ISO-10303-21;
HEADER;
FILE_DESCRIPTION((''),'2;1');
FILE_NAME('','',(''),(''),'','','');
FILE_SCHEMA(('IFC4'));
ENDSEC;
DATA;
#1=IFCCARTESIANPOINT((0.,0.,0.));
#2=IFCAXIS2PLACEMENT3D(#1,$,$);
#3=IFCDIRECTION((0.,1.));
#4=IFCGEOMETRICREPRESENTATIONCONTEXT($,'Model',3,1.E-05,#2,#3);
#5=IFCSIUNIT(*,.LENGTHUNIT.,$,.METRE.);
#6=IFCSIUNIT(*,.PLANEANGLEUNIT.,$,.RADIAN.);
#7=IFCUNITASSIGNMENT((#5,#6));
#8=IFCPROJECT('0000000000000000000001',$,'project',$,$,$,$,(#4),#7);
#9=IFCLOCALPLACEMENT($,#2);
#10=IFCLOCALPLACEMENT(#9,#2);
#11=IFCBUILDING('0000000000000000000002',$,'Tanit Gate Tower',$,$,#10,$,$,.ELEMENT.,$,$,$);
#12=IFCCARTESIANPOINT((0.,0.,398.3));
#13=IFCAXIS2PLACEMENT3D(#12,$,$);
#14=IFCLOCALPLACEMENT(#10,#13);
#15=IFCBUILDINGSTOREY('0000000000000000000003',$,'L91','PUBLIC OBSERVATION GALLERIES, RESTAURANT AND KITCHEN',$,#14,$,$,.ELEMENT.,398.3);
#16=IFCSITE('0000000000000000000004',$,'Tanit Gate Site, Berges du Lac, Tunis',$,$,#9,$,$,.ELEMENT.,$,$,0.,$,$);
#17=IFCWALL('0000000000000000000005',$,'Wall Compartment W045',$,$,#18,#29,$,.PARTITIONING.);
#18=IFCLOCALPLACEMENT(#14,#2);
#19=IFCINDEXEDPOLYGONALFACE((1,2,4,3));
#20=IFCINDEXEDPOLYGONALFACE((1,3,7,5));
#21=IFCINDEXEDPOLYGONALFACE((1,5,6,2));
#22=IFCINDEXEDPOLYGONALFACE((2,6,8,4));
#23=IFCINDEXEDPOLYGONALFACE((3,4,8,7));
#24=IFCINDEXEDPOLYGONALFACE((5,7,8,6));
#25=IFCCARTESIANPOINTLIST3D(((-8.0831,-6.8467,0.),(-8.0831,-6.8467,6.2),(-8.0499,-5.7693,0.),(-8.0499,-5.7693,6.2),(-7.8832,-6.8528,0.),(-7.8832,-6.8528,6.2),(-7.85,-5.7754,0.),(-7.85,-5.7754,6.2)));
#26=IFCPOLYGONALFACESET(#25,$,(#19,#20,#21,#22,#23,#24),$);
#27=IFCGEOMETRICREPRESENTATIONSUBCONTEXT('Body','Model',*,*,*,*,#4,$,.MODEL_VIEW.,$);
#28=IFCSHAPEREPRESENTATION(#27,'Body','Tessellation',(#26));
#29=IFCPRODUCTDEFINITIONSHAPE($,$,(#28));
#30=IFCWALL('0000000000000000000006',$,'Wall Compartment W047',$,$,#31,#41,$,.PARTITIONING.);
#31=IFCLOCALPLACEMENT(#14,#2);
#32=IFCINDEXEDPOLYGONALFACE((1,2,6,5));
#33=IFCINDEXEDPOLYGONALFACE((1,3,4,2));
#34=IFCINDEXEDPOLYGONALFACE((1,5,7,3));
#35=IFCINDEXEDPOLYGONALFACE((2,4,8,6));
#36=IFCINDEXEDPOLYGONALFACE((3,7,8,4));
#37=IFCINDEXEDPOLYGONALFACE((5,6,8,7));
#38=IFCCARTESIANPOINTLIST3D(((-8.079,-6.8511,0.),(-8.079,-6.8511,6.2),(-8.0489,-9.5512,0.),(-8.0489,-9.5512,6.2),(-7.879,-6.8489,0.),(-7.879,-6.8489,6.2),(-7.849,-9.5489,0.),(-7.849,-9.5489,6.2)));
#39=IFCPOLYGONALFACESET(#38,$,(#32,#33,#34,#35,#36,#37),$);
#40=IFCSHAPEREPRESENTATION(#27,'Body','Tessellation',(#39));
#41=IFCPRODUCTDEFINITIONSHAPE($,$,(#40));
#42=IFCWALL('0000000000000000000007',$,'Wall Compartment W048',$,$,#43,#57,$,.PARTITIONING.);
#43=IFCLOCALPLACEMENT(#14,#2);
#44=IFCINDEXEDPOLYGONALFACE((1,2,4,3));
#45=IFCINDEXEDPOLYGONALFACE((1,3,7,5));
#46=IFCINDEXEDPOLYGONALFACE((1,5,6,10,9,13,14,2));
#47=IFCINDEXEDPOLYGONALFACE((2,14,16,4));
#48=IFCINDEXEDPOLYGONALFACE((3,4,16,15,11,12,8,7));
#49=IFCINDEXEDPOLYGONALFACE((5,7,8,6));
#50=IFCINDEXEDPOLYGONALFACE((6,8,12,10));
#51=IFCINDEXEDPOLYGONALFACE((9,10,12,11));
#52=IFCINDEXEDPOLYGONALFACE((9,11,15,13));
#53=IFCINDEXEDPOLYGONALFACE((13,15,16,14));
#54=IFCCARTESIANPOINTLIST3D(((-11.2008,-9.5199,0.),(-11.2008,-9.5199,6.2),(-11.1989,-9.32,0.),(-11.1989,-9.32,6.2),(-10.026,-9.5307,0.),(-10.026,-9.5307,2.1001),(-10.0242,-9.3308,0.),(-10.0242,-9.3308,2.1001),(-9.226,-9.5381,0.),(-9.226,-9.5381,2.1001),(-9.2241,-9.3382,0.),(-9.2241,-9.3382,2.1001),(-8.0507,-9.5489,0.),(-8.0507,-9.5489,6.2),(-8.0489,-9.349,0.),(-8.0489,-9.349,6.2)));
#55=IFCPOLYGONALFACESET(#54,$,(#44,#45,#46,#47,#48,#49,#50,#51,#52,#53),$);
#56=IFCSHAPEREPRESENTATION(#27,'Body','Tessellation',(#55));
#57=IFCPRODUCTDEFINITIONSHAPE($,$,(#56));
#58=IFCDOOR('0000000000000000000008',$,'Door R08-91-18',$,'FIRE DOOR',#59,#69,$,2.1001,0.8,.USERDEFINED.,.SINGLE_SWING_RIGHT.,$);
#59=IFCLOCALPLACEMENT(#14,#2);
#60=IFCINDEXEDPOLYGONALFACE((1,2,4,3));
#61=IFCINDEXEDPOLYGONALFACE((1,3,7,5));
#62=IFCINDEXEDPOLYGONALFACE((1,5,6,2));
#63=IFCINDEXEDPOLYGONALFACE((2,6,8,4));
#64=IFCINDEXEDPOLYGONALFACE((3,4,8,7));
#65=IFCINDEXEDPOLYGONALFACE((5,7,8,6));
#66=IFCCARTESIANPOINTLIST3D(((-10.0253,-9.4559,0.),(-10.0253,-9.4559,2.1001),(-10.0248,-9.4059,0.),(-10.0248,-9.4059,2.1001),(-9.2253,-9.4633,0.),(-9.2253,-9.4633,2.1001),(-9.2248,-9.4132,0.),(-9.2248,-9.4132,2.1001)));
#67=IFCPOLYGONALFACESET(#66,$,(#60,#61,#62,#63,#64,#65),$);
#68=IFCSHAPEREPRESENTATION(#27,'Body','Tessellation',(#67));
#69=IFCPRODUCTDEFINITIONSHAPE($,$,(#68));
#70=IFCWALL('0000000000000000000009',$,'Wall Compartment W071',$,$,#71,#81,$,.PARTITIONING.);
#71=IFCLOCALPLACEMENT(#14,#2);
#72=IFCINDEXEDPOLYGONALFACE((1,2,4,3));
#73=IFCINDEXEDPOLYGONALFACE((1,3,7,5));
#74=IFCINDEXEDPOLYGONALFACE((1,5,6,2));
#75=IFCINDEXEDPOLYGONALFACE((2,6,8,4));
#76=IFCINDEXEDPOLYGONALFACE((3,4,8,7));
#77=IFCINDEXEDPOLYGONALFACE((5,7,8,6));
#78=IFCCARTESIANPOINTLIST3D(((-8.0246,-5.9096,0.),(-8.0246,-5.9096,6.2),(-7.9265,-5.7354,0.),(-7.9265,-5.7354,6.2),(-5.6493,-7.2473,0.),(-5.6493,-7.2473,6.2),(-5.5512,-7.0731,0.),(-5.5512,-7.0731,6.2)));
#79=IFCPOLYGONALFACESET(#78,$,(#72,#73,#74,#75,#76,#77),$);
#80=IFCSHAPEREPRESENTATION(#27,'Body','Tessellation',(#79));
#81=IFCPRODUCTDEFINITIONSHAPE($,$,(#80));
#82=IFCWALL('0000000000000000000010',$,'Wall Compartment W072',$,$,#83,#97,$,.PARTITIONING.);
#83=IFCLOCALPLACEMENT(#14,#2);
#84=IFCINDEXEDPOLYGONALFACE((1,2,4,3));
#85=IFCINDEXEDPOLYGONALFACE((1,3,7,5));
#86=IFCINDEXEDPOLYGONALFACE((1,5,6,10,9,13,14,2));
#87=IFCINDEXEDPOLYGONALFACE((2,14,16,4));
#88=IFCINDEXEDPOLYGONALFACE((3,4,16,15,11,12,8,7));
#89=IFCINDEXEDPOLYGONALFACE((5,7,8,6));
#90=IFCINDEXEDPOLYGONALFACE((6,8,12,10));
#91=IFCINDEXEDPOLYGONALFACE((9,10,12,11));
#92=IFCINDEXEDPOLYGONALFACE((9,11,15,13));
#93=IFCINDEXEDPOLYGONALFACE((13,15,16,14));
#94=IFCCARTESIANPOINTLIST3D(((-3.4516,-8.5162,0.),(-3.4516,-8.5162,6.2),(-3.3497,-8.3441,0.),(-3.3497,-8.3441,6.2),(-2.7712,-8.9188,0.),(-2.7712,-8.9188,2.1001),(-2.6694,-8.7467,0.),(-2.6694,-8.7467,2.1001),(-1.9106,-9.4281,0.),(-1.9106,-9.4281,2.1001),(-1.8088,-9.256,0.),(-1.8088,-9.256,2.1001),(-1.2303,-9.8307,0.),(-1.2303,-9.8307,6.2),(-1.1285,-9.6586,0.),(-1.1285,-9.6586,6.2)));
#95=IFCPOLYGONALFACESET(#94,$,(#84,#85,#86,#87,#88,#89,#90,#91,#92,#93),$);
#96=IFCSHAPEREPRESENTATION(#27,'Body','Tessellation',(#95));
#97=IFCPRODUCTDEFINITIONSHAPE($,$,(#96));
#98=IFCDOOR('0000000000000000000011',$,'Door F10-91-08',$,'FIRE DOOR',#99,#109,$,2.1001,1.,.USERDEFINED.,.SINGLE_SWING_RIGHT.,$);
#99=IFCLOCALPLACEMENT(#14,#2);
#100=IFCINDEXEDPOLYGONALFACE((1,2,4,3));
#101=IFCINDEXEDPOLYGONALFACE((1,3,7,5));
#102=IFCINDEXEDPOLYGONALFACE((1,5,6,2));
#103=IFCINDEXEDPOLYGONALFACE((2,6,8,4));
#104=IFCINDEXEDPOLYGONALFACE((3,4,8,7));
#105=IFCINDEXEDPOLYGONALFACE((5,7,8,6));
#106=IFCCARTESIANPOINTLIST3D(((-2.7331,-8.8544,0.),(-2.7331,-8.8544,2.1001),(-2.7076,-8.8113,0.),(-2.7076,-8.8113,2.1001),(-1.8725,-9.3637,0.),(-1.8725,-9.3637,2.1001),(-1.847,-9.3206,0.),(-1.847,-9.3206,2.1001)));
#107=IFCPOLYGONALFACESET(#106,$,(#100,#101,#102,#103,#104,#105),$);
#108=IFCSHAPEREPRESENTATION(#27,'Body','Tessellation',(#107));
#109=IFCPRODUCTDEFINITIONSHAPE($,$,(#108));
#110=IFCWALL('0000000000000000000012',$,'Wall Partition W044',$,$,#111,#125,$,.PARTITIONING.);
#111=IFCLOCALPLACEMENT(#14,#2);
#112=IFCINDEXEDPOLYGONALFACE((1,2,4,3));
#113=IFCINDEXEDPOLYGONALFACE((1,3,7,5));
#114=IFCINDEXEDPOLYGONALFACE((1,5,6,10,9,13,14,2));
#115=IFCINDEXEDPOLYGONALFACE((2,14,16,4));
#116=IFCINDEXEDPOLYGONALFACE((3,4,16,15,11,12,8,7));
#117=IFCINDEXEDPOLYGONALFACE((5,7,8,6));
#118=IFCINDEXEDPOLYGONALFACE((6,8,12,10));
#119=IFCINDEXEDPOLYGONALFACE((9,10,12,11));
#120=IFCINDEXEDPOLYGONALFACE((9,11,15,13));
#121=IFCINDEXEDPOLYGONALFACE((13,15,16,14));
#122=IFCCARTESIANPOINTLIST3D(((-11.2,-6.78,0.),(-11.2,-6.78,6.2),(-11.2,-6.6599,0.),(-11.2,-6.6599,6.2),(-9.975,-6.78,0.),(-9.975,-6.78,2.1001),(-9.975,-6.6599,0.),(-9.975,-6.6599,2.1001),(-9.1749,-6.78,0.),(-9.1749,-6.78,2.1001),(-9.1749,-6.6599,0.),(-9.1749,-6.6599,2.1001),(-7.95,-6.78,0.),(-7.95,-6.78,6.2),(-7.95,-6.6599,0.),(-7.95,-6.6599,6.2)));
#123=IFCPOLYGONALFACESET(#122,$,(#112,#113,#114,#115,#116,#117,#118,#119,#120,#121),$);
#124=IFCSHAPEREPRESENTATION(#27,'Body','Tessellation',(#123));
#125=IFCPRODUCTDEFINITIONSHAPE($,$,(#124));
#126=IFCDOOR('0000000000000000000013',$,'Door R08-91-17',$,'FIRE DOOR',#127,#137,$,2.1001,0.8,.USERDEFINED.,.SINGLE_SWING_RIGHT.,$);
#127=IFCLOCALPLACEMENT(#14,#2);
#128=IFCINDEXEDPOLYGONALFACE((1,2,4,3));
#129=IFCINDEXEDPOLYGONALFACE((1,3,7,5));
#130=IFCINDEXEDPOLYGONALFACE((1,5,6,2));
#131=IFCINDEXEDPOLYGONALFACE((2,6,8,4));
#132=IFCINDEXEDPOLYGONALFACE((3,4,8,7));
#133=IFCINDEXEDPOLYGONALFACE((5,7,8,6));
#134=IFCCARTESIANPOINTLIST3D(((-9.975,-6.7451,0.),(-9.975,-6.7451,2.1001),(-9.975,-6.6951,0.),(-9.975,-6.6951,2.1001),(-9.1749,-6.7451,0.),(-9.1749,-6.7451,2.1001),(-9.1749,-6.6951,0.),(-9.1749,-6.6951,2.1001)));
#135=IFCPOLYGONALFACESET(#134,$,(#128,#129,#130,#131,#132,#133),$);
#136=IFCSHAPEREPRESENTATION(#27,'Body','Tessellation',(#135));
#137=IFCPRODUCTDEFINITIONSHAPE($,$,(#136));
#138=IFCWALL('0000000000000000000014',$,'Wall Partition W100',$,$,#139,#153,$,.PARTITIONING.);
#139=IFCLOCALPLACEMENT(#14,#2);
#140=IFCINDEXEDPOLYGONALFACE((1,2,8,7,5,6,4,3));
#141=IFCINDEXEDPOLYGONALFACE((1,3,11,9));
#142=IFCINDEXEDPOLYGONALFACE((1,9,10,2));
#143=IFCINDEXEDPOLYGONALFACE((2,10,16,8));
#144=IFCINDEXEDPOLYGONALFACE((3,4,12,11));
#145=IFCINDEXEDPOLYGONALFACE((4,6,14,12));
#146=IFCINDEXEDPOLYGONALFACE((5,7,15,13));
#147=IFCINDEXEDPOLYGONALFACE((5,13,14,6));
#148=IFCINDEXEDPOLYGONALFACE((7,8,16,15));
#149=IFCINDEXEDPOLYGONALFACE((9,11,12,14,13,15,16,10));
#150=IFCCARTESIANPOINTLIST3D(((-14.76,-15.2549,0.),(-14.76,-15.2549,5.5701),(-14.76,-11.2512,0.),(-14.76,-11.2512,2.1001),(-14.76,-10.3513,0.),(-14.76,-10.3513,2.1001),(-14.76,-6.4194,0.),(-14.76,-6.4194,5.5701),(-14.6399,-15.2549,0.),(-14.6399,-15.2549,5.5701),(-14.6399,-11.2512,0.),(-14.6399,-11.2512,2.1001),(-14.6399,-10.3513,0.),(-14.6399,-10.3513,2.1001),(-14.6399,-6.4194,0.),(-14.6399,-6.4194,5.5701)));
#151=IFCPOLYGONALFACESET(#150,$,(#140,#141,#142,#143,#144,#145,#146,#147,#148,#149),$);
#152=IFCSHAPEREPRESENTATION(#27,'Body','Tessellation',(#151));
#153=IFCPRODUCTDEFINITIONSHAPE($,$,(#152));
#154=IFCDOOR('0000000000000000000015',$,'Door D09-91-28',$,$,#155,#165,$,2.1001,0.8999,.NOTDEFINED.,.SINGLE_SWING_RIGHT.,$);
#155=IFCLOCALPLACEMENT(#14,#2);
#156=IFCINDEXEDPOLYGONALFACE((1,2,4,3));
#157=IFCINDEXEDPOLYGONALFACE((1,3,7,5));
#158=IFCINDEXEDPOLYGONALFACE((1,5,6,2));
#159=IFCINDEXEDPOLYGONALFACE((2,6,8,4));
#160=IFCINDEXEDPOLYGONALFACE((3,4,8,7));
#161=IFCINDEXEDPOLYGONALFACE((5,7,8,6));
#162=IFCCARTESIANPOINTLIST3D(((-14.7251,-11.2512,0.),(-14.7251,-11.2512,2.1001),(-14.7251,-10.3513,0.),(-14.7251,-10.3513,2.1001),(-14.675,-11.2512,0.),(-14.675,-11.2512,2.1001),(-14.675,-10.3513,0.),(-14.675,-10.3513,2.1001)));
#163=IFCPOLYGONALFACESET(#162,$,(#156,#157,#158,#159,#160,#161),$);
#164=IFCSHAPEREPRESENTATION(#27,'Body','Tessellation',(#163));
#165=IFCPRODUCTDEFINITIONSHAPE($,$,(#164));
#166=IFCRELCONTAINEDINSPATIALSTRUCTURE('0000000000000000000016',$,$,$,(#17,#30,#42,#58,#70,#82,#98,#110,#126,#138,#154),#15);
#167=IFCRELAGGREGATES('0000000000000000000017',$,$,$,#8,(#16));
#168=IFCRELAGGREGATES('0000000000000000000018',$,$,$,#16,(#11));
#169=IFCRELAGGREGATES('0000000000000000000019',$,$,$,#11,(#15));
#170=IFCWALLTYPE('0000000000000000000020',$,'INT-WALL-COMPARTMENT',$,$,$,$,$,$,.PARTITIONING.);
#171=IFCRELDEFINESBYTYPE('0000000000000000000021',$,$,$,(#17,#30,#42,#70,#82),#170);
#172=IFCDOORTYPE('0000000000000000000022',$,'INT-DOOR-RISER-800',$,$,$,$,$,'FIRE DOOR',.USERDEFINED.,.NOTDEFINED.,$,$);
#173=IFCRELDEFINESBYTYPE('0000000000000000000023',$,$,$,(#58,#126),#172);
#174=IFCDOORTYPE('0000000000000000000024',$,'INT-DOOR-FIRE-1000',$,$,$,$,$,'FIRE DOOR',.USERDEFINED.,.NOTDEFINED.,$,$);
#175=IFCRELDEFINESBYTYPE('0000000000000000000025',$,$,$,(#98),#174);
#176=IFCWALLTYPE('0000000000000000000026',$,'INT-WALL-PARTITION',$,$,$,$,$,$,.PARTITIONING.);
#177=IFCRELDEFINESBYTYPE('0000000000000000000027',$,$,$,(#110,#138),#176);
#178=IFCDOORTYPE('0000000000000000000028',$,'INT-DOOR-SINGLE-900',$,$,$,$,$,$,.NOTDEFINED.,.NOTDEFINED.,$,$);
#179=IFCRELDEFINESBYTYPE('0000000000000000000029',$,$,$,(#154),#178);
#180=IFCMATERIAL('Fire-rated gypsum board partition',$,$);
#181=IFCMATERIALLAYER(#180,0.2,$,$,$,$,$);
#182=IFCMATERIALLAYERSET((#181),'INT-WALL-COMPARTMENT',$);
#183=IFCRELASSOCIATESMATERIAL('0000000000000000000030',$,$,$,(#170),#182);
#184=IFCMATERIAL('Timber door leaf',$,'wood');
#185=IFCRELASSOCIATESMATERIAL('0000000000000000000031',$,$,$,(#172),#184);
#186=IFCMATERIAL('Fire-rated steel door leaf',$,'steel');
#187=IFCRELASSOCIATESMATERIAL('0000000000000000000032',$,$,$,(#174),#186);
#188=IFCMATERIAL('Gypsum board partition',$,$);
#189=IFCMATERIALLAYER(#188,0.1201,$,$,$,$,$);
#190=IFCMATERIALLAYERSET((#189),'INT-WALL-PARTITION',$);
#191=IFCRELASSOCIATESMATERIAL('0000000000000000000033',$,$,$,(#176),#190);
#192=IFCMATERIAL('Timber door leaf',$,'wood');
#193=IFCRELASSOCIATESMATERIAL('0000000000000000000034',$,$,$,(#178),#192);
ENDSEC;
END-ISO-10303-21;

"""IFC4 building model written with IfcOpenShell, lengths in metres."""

from ifc_helpers import new_model, si_unit, direction, frame, frame_2d, origin, place, context, subcontext, project, spatial, rectangle, extrude, material, layer, layer_set, type_object, element, fill, save


model = new_model("IFC4")

# Units and contexts
model_context = context("Model", 3, precision=1e-05, world=origin(), true_north=direction((0.0, 1.0)))
body_context = subcontext(model_context, "Body", "Model", "MODEL_VIEW")
ifc_project = project(units=[si_unit("LENGTHUNIT", "METRE"), si_unit("PLANEANGLEUNIT", "RADIAN")], contexts=[model_context])

# Site, building, storey
site_placement = place(None, origin())
site = spatial("IfcSite", under=ifc_project, at=site_placement, Name="Tanit Gate Site, Berges du Lac, Tunis", CompositionType="ELEMENT", RefElevation=0.0)
building_placement = place(site_placement, origin())
building = spatial("IfcBuilding", under=site, at=building_placement, Name="Tanit Gate Tower", CompositionType="ELEMENT")
storey_placement = place(building_placement, frame((0.0, 0.0, 398.3)))
storey = spatial("IfcBuildingStorey", under=building, at=storey_placement, Name="L91", Description="PUBLIC OBSERVATION GALLERIES, RESTAURANT AND KITCHEN", CompositionType="ELEMENT", Elevation=398.3)

# Walls
ifc_material_1 = material(Name="Fire-rated gypsum board partition")
ifc_layer_1 = layer(ifc_material_1, 0.2)
ifc_layer_set_1 = layer_set([ifc_layer_1], Name="INT-WALL-COMPARTMENT")
wall_type_1 = type_object("IfcWallType", Name="INT-WALL-COMPARTMENT", PredefinedType="PARTITIONING", material=ifc_layer_set_1)
wall_1_placement = place(storey_placement, frame((-7.9832, -6.8499, 0.0), z_axis=(0.0, 0.0, 1.0), x_axis=(0.030803, 0.999525, 0.0)))
element("IfcWall", 1, at=wall_1_placement, inside=storey, type_object=wall_type_1, Name="Wall Compartment W045", PredefinedType="PARTITIONING", context=body_context, shape_type="SweptSolid", body=[
    extrude(rectangle(XDim=1.0779, YDim=0.2, at=frame_2d((0.5391, 0.0))), origin(), (0.0, 0.0, 1.0), 6.2),
])
wall_2_placement = place(storey_placement, frame((-7.949, -9.55, 0.0), z_axis=(0.0, 0.0, 1.0), x_axis=(-0.011121, 0.999938, 0.0)))
element("IfcWall", 2, at=wall_2_placement, inside=storey, type_object=wall_type_1, Name="Wall Compartment W047", PredefinedType="PARTITIONING", context=body_context, shape_type="SweptSolid", body=[
    extrude(rectangle(XDim=2.7002, YDim=0.2, at=frame_2d((1.3501, 0.0))), origin(), (0.0, 0.0, 1.0), 6.2),
])

# Wall, opening, door
wall_3_placement = place(storey_placement, frame((-11.2, -9.4199, 0.0), z_axis=(0.0, 0.0, 1.0), x_axis=(0.999957, -0.009223, 0.0)))
wall_3 = element("IfcWall", 3, at=wall_3_placement, inside=storey, type_object=wall_type_1, Name="Wall Compartment W048", PredefinedType="PARTITIONING", context=body_context, shape_type="SweptSolid", body=[
    extrude(rectangle(XDim=3.1501, YDim=0.2, at=frame_2d((1.5752, 0.0))), origin(), (0.0, 0.0, 1.0), 6.2),
])
opening_1_placement = place(wall_3_placement, frame((1.175, 0.0, 0.0)))
opening_1 = element("IfcOpeningElement", 4, at=opening_1_placement, cuts=wall_3, PredefinedType="OPENING", context=body_context, shape_type="SweptSolid", body=[
    extrude(rectangle(XDim=0.8, YDim=2.1001, at=frame_2d((0.3999, 1.05))), frame((0.0, 0.1099, 0.0), z_axis=(0.0, -1.0, 0.0), x_axis=(1.0, 0.0, 0.0)), (0.0, 0.0, 1.0), 0.22),
])
ifc_material_2 = material(Name="Timber door leaf", Category="wood")
door_type_1 = type_object("IfcDoorType", Name="INT-DOOR-RISER-800", ElementType="FIRE DOOR", OperationType="NOTDEFINED", PredefinedType="USERDEFINED", material=ifc_material_2)
door_1_placement = place(opening_1_placement, origin())
door_1 = element("IfcDoor", 5, at=door_1_placement, inside=storey, type_object=door_type_1, Name="Door R08-91-18", ObjectType="FIRE DOOR", OperationType="SINGLE_SWING_RIGHT", OverallHeight=2.1001, OverallWidth=0.8, PredefinedType="USERDEFINED", context=body_context, shape_type="SweptSolid", body=[
    extrude(rectangle(XDim=0.8, YDim=2.1001, at=frame_2d((0.3999, 1.05))), frame((0.0, 0.0249, 0.0), z_axis=(0.0, -1.0, 0.0), x_axis=(1.0, 0.0, 0.0)), (0.0, 0.0, 1.0), 0.05),
])
fill(opening_1, door_1)

# Wall
wall_4_placement = place(storey_placement, frame((-7.9756, -5.8225, 0.0), z_axis=(0.0, 0.0, 1.0), x_axis=(0.871329, -0.490699, 0.0)))
element("IfcWall", 6, at=wall_4_placement, inside=storey, type_object=wall_type_1, Name="Wall Compartment W071", PredefinedType="PARTITIONING", context=body_context, shape_type="SweptSolid", body=[
    extrude(rectangle(XDim=2.7261, YDim=0.2, at=frame_2d((1.363, 0.0))), origin(), (0.0, 0.0, 1.0), 6.2),
])

# Walls, openings, doors
wall_5_placement = place(storey_placement, frame((-3.4006, -8.4302, 0.0), z_axis=(0.0, 0.0, 1.0), x_axis=(0.860599, -0.509284, 0.0)))
wall_5 = element("IfcWall", 7, at=wall_5_placement, inside=storey, type_object=wall_type_1, Name="Wall Compartment W072", PredefinedType="PARTITIONING", context=body_context, shape_type="SweptSolid", body=[
    extrude(rectangle(XDim=2.5811, YDim=0.2, at=frame_2d((1.2905, 0.0))), origin(), (0.0, 0.0, 1.0), 6.2),
])
opening_2_placement = place(wall_5_placement, frame((0.7905, 0.0, 0.0)))
opening_2 = element("IfcOpeningElement", 8, at=opening_2_placement, cuts=wall_5, PredefinedType="OPENING", context=body_context, shape_type="SweptSolid", body=[
    extrude(rectangle(XDim=1.0, YDim=2.1001, at=frame_2d((0.5, 1.05))), frame((0.0, 0.1099, 0.0), z_axis=(0.0, -1.0, 0.0), x_axis=(1.0, 0.0, 0.0)), (0.0, 0.0, 1.0), 0.22),
])
ifc_material_3 = material(Name="Fire-rated steel door leaf", Category="steel")
door_type_2 = type_object("IfcDoorType", Name="INT-DOOR-FIRE-1000", ElementType="FIRE DOOR", OperationType="NOTDEFINED", PredefinedType="USERDEFINED", material=ifc_material_3)
door_2_placement = place(opening_2_placement, origin())
door_2 = element("IfcDoor", 9, at=door_2_placement, inside=storey, type_object=door_type_2, Name="Door F10-91-08", ObjectType="FIRE DOOR", OperationType="SINGLE_SWING_RIGHT", OverallHeight=2.1001, OverallWidth=1.0, PredefinedType="USERDEFINED", context=body_context, shape_type="SweptSolid", body=[
    extrude(rectangle(XDim=1.0, YDim=2.1001, at=frame_2d((0.5, 1.05))), frame((0.0, 0.0249, 0.0), z_axis=(0.0, -1.0, 0.0), x_axis=(1.0, 0.0, 0.0)), (0.0, 0.0, 1.0), 0.05),
])
fill(opening_2, door_2)
ifc_material_4 = material(Name="Gypsum board partition")
ifc_layer_2 = layer(ifc_material_4, 0.1201)
ifc_layer_set_2 = layer_set([ifc_layer_2], Name="INT-WALL-PARTITION")
wall_type_2 = type_object("IfcWallType", Name="INT-WALL-PARTITION", PredefinedType="PARTITIONING", material=ifc_layer_set_2)
wall_6_placement = place(storey_placement, frame((-11.2, -6.72, 0.0), z_axis=(0.0, 0.0, 1.0), x_axis=(1.0, 0.0, 0.0)))
wall_6 = element("IfcWall", 10, at=wall_6_placement, inside=storey, type_object=wall_type_2, Name="Wall Partition W044", PredefinedType="PARTITIONING", context=body_context, shape_type="SweptSolid", body=[
    extrude(rectangle(XDim=3.25, YDim=0.1201, at=frame_2d((1.625, 0.0))), origin(), (0.0, 0.0, 1.0), 6.2),
])
opening_3_placement = place(wall_6_placement, frame((1.2251, 0.0, 0.0)))
opening_3 = element("IfcOpeningElement", 11, at=opening_3_placement, cuts=wall_6, PredefinedType="OPENING", context=body_context, shape_type="SweptSolid", body=[
    extrude(rectangle(XDim=0.8, YDim=2.1001, at=frame_2d((0.3999, 1.05))), frame((0.0, 0.0701, 0.0), z_axis=(0.0, -1.0, 0.0), x_axis=(1.0, 0.0, 0.0)), (0.0, 0.0, 1.0), 0.1401),
])
door_3_placement = place(opening_3_placement, origin())
door_3 = element("IfcDoor", 12, at=door_3_placement, inside=storey, type_object=door_type_1, Name="Door R08-91-17", ObjectType="FIRE DOOR", OperationType="SINGLE_SWING_RIGHT", OverallHeight=2.1001, OverallWidth=0.8, PredefinedType="USERDEFINED", context=body_context, shape_type="SweptSolid", body=[
    extrude(rectangle(XDim=0.8, YDim=2.1001, at=frame_2d((0.3999, 1.05))), frame((0.0, 0.0249, 0.0), z_axis=(0.0, -1.0, 0.0), x_axis=(1.0, 0.0, 0.0)), (0.0, 0.0, 1.0), 0.05),
])
fill(opening_3, door_3)
wall_7_placement = place(storey_placement, frame((-14.7, -6.4194, 0.0), z_axis=(0.0, 0.0, 1.0), x_axis=(0.0, -1.0, 0.0)))
wall_7 = element("IfcWall", 13, at=wall_7_placement, inside=storey, type_object=wall_type_2, Name="Wall Partition W100", PredefinedType="PARTITIONING", context=body_context, shape_type="SweptSolid", body=[
    extrude(rectangle(XDim=8.8354, YDim=0.1201, at=frame_2d((4.4177, 0.0))), origin(), (0.0, 0.0, 1.0), 5.5701),
])
opening_4_placement = place(wall_7_placement, frame((3.9319, 0.0, 0.0)))
opening_4 = element("IfcOpeningElement", 14, at=opening_4_placement, cuts=wall_7, PredefinedType="OPENING", context=body_context, shape_type="SweptSolid", body=[
    extrude(rectangle(XDim=0.8999, YDim=2.1001, at=frame_2d((0.45, 1.05))), frame((0.0, 0.0701, 0.0), z_axis=(0.0, -1.0, 0.0), x_axis=(1.0, 0.0, 0.0)), (0.0, 0.0, 1.0), 0.1401),
])
ifc_material_5 = material(Name="Timber door leaf", Category="wood")
door_type_3 = type_object("IfcDoorType", Name="INT-DOOR-SINGLE-900", OperationType="NOTDEFINED", PredefinedType="NOTDEFINED", material=ifc_material_5)
door_4_placement = place(opening_4_placement, origin())
door_4 = element("IfcDoor", 15, at=door_4_placement, inside=storey, type_object=door_type_3, Name="Door D09-91-28", OperationType="SINGLE_SWING_RIGHT", OverallHeight=2.1001, OverallWidth=0.8999, PredefinedType="NOTDEFINED", context=body_context, shape_type="SweptSolid", body=[
    extrude(rectangle(XDim=0.8999, YDim=2.1001, at=frame_2d((0.45, 1.05))), frame((0.0, 0.0249, 0.0), z_axis=(0.0, -1.0, 0.0), x_axis=(1.0, 0.0, 0.0)), (0.0, 0.0, 1.0), 0.05),
])
fill(opening_4, door_4)

save(model, "model.ifc")
